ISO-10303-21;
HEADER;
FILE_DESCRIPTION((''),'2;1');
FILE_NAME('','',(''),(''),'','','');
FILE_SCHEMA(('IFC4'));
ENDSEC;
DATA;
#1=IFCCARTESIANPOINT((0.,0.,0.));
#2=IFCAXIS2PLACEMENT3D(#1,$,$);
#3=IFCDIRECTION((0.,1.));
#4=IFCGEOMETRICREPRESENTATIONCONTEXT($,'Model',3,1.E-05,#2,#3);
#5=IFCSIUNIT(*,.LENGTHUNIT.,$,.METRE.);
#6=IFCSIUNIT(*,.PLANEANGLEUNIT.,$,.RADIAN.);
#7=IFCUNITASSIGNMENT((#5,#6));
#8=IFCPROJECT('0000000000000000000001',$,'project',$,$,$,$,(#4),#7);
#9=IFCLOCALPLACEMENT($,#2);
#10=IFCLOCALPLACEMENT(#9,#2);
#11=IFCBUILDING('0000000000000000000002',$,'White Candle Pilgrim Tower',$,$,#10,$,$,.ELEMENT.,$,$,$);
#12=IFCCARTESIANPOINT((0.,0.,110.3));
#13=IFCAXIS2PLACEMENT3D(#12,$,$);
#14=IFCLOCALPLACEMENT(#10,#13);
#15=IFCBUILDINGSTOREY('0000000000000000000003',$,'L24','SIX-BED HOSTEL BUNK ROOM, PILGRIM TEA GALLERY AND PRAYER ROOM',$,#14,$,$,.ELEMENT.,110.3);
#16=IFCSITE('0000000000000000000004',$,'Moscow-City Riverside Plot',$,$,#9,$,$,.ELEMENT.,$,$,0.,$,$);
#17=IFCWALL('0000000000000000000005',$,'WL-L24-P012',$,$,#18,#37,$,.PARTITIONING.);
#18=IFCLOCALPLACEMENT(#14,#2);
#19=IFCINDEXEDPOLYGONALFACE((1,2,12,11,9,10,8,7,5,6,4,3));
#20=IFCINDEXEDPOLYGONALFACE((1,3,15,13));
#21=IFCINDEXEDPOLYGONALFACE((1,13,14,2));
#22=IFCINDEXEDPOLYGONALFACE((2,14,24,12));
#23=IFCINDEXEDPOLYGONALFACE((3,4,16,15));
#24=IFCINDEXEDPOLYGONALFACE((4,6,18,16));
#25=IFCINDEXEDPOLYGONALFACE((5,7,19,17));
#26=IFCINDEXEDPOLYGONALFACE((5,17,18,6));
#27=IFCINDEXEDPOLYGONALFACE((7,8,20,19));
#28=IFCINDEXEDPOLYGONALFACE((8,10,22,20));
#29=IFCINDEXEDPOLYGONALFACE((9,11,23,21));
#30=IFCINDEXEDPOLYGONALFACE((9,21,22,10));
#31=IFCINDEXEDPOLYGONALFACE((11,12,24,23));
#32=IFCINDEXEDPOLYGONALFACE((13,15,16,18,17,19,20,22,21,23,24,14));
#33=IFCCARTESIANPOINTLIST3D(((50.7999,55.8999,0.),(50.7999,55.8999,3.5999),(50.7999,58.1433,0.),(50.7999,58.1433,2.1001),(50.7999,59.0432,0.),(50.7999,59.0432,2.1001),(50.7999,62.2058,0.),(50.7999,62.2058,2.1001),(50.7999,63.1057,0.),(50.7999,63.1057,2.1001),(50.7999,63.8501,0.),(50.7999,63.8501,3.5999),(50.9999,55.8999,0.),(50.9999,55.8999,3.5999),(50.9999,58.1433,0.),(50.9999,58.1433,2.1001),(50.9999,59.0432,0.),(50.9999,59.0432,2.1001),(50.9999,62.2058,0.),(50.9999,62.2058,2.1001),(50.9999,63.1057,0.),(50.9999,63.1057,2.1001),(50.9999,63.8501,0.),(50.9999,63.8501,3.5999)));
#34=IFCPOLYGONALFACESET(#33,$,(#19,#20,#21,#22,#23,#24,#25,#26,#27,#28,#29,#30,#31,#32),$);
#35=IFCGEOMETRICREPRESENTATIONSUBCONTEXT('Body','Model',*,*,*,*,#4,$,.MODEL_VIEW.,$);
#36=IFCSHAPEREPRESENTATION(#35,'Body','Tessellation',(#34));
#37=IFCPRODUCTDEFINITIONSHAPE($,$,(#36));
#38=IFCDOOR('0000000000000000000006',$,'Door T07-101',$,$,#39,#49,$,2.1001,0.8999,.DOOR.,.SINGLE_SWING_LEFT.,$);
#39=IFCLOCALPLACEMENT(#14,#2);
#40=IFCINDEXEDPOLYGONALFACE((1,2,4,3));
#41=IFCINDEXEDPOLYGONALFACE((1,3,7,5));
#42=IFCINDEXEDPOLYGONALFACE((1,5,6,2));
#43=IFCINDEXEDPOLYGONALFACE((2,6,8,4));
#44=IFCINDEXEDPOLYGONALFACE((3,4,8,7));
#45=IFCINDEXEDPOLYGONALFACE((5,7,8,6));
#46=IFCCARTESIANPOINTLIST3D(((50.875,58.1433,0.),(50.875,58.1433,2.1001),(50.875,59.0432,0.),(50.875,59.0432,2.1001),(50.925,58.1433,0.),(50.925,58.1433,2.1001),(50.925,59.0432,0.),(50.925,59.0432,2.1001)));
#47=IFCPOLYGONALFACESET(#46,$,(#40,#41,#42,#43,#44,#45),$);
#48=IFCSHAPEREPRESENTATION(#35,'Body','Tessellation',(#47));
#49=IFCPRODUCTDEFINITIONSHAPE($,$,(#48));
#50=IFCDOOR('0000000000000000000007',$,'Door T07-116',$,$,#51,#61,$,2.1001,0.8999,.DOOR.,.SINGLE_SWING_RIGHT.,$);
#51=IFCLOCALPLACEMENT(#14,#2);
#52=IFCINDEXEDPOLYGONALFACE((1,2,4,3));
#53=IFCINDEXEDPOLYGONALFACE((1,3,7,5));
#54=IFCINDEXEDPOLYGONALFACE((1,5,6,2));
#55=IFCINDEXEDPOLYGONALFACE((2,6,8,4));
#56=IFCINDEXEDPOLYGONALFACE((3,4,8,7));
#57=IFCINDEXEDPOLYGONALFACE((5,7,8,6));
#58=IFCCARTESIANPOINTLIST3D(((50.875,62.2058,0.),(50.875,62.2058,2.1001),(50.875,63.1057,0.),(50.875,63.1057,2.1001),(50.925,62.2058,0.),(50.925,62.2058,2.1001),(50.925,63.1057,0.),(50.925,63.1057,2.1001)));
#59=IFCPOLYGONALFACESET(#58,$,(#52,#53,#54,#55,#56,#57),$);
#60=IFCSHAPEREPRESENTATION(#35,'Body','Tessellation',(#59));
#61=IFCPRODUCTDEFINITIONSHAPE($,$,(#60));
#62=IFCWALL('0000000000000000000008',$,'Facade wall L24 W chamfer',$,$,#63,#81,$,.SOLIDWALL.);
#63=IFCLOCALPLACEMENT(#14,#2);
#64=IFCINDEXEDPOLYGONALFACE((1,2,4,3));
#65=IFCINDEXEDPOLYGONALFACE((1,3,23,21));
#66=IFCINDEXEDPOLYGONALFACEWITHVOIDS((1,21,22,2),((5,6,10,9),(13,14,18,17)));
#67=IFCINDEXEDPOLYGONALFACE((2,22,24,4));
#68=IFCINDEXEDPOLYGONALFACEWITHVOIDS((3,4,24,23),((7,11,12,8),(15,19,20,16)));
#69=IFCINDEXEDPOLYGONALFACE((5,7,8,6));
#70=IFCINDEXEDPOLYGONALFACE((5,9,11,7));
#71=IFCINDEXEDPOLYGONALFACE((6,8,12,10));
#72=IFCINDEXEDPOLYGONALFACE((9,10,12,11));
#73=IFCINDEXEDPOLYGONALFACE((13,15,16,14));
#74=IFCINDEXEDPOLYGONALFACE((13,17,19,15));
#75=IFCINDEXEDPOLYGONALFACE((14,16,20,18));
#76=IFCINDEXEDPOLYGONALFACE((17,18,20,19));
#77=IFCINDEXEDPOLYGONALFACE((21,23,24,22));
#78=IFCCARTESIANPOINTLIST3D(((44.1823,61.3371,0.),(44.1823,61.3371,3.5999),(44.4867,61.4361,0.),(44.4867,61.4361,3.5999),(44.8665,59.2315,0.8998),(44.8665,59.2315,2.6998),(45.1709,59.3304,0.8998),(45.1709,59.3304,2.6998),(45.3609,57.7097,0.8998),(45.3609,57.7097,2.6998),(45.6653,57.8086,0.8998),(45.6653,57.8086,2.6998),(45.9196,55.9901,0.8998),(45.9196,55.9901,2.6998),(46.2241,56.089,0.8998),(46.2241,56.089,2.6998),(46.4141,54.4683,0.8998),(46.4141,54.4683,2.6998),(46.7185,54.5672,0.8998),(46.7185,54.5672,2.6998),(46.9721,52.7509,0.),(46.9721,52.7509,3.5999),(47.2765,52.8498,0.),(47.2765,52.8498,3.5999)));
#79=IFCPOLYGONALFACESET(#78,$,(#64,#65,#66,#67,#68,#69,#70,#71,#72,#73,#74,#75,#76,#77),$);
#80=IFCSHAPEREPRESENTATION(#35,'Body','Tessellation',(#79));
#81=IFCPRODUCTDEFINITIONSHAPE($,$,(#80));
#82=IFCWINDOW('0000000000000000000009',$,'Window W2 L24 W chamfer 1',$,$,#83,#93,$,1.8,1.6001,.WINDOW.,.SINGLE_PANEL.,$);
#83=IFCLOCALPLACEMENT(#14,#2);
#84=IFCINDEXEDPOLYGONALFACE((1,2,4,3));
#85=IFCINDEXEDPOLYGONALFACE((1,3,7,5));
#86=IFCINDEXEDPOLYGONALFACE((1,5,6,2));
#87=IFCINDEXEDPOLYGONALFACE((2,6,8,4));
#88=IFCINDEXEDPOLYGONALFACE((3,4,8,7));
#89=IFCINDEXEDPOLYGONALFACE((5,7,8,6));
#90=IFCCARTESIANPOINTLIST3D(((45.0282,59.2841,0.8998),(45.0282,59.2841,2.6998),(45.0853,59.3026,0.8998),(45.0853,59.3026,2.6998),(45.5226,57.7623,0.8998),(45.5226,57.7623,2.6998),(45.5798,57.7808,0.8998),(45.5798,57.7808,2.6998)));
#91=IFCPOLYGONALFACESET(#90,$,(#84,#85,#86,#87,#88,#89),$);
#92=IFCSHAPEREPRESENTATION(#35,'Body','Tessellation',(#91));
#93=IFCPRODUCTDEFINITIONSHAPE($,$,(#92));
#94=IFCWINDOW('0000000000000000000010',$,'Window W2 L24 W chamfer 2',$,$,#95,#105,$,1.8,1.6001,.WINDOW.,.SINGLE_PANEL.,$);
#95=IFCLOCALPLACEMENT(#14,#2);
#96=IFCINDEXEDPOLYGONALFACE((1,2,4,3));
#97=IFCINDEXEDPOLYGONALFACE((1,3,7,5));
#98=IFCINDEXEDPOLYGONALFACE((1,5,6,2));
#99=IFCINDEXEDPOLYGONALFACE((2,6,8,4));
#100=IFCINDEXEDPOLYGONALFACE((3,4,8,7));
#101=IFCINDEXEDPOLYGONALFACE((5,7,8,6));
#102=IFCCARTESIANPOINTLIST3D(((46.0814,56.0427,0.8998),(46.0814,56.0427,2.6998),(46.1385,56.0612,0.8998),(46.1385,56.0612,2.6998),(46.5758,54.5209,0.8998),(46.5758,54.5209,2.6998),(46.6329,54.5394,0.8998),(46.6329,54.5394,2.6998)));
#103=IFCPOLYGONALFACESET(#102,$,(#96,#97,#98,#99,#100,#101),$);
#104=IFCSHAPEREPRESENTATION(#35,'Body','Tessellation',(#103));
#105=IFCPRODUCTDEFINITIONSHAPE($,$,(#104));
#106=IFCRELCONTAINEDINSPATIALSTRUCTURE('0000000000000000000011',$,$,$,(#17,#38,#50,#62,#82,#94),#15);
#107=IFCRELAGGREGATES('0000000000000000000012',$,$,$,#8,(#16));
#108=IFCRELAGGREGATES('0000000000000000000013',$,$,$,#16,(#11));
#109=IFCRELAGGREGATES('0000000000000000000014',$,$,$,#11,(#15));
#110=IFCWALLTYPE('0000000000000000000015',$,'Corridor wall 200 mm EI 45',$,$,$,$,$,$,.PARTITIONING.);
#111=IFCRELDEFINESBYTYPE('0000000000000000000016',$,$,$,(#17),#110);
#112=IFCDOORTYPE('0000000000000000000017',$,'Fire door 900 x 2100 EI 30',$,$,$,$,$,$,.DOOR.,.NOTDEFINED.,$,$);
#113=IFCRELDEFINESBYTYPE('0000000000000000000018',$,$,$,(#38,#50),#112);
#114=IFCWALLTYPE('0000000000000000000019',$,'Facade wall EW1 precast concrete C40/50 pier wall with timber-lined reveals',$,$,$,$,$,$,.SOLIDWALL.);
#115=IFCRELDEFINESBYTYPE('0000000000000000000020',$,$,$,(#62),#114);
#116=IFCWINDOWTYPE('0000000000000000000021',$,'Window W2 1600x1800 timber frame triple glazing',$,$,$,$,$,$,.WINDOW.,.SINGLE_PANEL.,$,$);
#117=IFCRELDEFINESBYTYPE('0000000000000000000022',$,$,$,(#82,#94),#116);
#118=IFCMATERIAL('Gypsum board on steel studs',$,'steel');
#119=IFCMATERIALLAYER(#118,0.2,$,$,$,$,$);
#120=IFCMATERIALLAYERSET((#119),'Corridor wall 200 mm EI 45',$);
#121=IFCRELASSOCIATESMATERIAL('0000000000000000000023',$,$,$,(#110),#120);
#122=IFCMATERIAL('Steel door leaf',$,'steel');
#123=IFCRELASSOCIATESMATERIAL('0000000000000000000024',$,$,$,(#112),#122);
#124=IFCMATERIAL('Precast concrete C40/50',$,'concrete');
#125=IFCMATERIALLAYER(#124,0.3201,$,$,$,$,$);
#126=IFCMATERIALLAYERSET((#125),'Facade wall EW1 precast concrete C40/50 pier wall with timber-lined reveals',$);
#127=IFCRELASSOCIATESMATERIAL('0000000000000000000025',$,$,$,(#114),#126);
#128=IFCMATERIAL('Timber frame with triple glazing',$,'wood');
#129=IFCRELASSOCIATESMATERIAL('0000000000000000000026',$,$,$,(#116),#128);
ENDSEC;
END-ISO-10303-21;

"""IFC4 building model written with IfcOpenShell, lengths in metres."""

from ifc_helpers import new_model, si_unit, direction, frame, frame_2d, origin, place, context, subcontext, project, spatial, rectangle, extrude, material, layer, layer_set, type_object, element, fill, save


model = new_model("IFC4")

# Units and contexts
model_context = context("Model", 3, precision=1e-05, world=origin(), true_north=direction((0.0, 1.0)))
body_context = subcontext(model_context, "Body", "Model", "MODEL_VIEW")
ifc_project = project(units=[si_unit("LENGTHUNIT", "METRE"), si_unit("PLANEANGLEUNIT", "RADIAN")], contexts=[model_context])

# Site, building, storey
site_placement = place(None, origin())
site = spatial("IfcSite", under=ifc_project, at=site_placement, Name="Moscow-City Riverside Plot", CompositionType="ELEMENT", RefElevation=0.0)
building_placement = place(site_placement, origin())
building = spatial("IfcBuilding", under=site, at=building_placement, Name="White Candle Pilgrim Tower", CompositionType="ELEMENT")
storey_placement = place(building_placement, frame((0.0, 0.0, 110.3)))
storey = spatial("IfcBuildingStorey", under=building, at=storey_placement, Name="L24", Description="SIX-BED HOSTEL BUNK ROOM, PILGRIM TEA GALLERY AND PRAYER ROOM", CompositionType="ELEMENT", Elevation=110.3)

# Wall, openings, doors
ifc_material_1 = material(Name="Gypsum board on steel studs", Category="steel")
ifc_layer_1 = layer(ifc_material_1, 0.2)
ifc_layer_set_1 = layer_set([ifc_layer_1], Name="Corridor wall 200 mm EI 45")
wall_type_1 = type_object("IfcWallType", Name="Corridor wall 200 mm EI 45", PredefinedType="PARTITIONING", material=ifc_layer_set_1)
wall_1_placement = place(storey_placement, frame((50.8999, 55.8999, 0.0), z_axis=(0.0, 0.0, 1.0), x_axis=(0.0, 1.0, 0.0)))
wall_1 = element("IfcWall", 1, at=wall_1_placement, inside=storey, type_object=wall_type_1, Name="WL-L24-P012", PredefinedType="PARTITIONING", context=body_context, shape_type="SweptSolid", body=[
    extrude(rectangle(XDim=7.9502, YDim=0.2, at=frame_2d((3.9751, 0.0))), origin(), (0.0, 0.0, 1.0), 3.5999),
])
opening_1_placement = place(wall_1_placement, frame((2.2434, 0.0, 0.0)))
opening_1 = element("IfcOpeningElement", 2, at=opening_1_placement, cuts=wall_1, PredefinedType="OPENING", context=body_context, shape_type="SweptSolid", body=[
    extrude(rectangle(XDim=0.8999, YDim=2.1001, at=frame_2d((0.45, 1.05))), frame((0.0, 0.1099, 0.0), z_axis=(0.0, -1.0, 0.0), x_axis=(1.0, 0.0, 0.0)), (0.0, 0.0, 1.0), 0.22),
])
opening_2_placement = place(wall_1_placement, frame((6.3059, 0.0, 0.0)))
opening_2 = element("IfcOpeningElement", 3, at=opening_2_placement, cuts=wall_1, PredefinedType="OPENING", context=body_context, shape_type="SweptSolid", body=[
    extrude(rectangle(XDim=0.8999, YDim=2.1001, at=frame_2d((0.45, 1.05))), frame((0.0, 0.1099, 0.0), z_axis=(0.0, -1.0, 0.0), x_axis=(1.0, 0.0, 0.0)), (0.0, 0.0, 1.0), 0.22),
])
ifc_material_2 = material(Name="Steel door leaf", Category="steel")
door_type = type_object("IfcDoorType", Name="Fire door 900 x 2100 EI 30", OperationType="NOTDEFINED", PredefinedType="DOOR", material=ifc_material_2)
door_1_placement = place(opening_1_placement, origin())
door_1 = element("IfcDoor", 4, at=door_1_placement, inside=storey, type_object=door_type, Name="Door T07-101", OperationType="SINGLE_SWING_LEFT", OverallHeight=2.1001, OverallWidth=0.8999, PredefinedType="DOOR", context=body_context, shape_type="SweptSolid", body=[
    extrude(rectangle(XDim=0.8999, YDim=2.1001, at=frame_2d((0.45, 1.05))), frame((0.0, 0.0249, 0.0), z_axis=(0.0, -1.0, 0.0), x_axis=(1.0, 0.0, 0.0)), (0.0, 0.0, 1.0), 0.05),
])
fill(opening_1, door_1)
door_2_placement = place(opening_2_placement, origin())
door_2 = element("IfcDoor", 5, at=door_2_placement, inside=storey, type_object=door_type, Name="Door T07-116", OperationType="SINGLE_SWING_RIGHT", OverallHeight=2.1001, OverallWidth=0.8999, PredefinedType="DOOR", context=body_context, shape_type="SweptSolid", body=[
    extrude(rectangle(XDim=0.8999, YDim=2.1001, at=frame_2d((0.45, 1.05))), frame((0.0, 0.0249, 0.0), z_axis=(0.0, -1.0, 0.0), x_axis=(1.0, 0.0, 0.0)), (0.0, 0.0, 1.0), 0.05),
])
fill(opening_2, door_2)

# Wall, openings, windows
ifc_material_3 = material(Name="Precast concrete C40/50", Category="concrete")
ifc_layer_2 = layer(ifc_material_3, 0.3201)
ifc_layer_set_2 = layer_set([ifc_layer_2], Name="Facade wall EW1 precast concrete C40/50 pier wall with timber-lined reveals")
wall_type_2 = type_object("IfcWallType", Name="Facade wall EW1 precast concrete C40/50 pier wall with timber-lined reveals", PredefinedType="SOLIDWALL", material=ifc_layer_set_2)
wall_2_placement = place(storey_placement, frame((44.3345, 61.3867, 0.0), z_axis=(0.0, 0.0, 1.0), x_axis=(0.309015, -0.951057, 0.0)))
wall_2 = element("IfcWall", 6, at=wall_2_placement, inside=storey, type_object=wall_type_2, Name="Facade wall L24 W chamfer", PredefinedType="SOLIDWALL", context=body_context, shape_type="SweptSolid", body=[
    extrude(rectangle(XDim=9.0281, YDim=0.3201, at=frame_2d((4.5142, 0.0))), origin(), (0.0, 0.0, 1.0), 3.5999),
])
opening_3_placement = place(wall_2_placement, frame((2.2141, 0.0, 0.8999)))
opening_3 = element("IfcOpeningElement", 7, at=opening_3_placement, cuts=wall_2, PredefinedType="OPENING", context=body_context, shape_type="SweptSolid", body=[
    extrude(rectangle(XDim=1.6001, YDim=1.8, at=frame_2d((0.8, 0.8999))), frame((0.0, 0.1699, 0.0), z_axis=(0.0, -1.0, 0.0), x_axis=(1.0, 0.0, 0.0)), (0.0, 0.0, 1.0), 0.3401),
])
opening_4_placement = place(wall_2_placement, frame((5.6223, 0.0, 0.8999)))
opening_4 = element("IfcOpeningElement", 8, at=opening_4_placement, cuts=wall_2, PredefinedType="OPENING", context=body_context, shape_type="SweptSolid", body=[
    extrude(rectangle(XDim=1.6001, YDim=1.8, at=frame_2d((0.8, 0.8999))), frame((0.0, 0.1699, 0.0), z_axis=(0.0, -1.0, 0.0), x_axis=(1.0, 0.0, 0.0)), (0.0, 0.0, 1.0), 0.3401),
])
ifc_material_4 = material(Name="Timber frame with triple glazing", Category="wood")
window_type_1 = type_object("IfcWindowType", Name="Window W2 1600x1800 timber frame triple glazing", PartitioningType="SINGLE_PANEL", PredefinedType="WINDOW", material=ifc_material_4)
window_1_placement = place(opening_3_placement, origin())
window_1 = element("IfcWindow", 9, at=window_1_placement, inside=storey, type_object=window_type_1, Name="Window W2 L24 W chamfer 1", OverallHeight=1.8, OverallWidth=1.6001, PartitioningType="SINGLE_PANEL", PredefinedType="WINDOW", context=body_context, shape_type="SweptSolid", body=[
    extrude(rectangle(XDim=1.6001, YDim=1.8, at=frame_2d((0.8, 0.8999))), frame((0.0, 0.0701, 0.0), z_axis=(0.0, -1.0, 0.0), x_axis=(1.0, 0.0, 0.0)), (0.0, 0.0, 1.0), 0.0601),
])
fill(opening_3, window_1)
window_2_placement = place(opening_4_placement, origin())
window_2 = element("IfcWindow", 10, at=window_2_placement, inside=storey, type_object=window_type_1, Name="Window W2 L24 W chamfer 2", OverallHeight=1.8, OverallWidth=1.6001, PartitioningType="SINGLE_PANEL", PredefinedType="WINDOW", context=body_context, shape_type="SweptSolid", body=[
    extrude(rectangle(XDim=1.6001, YDim=1.8, at=frame_2d((0.8, 0.8999))), frame((0.0, 0.0701, 0.0), z_axis=(0.0, -1.0, 0.0), x_axis=(1.0, 0.0, 0.0)), (0.0, 0.0, 1.0), 0.0601),
])
fill(opening_4, window_2)

save(model, "model.ifc")
